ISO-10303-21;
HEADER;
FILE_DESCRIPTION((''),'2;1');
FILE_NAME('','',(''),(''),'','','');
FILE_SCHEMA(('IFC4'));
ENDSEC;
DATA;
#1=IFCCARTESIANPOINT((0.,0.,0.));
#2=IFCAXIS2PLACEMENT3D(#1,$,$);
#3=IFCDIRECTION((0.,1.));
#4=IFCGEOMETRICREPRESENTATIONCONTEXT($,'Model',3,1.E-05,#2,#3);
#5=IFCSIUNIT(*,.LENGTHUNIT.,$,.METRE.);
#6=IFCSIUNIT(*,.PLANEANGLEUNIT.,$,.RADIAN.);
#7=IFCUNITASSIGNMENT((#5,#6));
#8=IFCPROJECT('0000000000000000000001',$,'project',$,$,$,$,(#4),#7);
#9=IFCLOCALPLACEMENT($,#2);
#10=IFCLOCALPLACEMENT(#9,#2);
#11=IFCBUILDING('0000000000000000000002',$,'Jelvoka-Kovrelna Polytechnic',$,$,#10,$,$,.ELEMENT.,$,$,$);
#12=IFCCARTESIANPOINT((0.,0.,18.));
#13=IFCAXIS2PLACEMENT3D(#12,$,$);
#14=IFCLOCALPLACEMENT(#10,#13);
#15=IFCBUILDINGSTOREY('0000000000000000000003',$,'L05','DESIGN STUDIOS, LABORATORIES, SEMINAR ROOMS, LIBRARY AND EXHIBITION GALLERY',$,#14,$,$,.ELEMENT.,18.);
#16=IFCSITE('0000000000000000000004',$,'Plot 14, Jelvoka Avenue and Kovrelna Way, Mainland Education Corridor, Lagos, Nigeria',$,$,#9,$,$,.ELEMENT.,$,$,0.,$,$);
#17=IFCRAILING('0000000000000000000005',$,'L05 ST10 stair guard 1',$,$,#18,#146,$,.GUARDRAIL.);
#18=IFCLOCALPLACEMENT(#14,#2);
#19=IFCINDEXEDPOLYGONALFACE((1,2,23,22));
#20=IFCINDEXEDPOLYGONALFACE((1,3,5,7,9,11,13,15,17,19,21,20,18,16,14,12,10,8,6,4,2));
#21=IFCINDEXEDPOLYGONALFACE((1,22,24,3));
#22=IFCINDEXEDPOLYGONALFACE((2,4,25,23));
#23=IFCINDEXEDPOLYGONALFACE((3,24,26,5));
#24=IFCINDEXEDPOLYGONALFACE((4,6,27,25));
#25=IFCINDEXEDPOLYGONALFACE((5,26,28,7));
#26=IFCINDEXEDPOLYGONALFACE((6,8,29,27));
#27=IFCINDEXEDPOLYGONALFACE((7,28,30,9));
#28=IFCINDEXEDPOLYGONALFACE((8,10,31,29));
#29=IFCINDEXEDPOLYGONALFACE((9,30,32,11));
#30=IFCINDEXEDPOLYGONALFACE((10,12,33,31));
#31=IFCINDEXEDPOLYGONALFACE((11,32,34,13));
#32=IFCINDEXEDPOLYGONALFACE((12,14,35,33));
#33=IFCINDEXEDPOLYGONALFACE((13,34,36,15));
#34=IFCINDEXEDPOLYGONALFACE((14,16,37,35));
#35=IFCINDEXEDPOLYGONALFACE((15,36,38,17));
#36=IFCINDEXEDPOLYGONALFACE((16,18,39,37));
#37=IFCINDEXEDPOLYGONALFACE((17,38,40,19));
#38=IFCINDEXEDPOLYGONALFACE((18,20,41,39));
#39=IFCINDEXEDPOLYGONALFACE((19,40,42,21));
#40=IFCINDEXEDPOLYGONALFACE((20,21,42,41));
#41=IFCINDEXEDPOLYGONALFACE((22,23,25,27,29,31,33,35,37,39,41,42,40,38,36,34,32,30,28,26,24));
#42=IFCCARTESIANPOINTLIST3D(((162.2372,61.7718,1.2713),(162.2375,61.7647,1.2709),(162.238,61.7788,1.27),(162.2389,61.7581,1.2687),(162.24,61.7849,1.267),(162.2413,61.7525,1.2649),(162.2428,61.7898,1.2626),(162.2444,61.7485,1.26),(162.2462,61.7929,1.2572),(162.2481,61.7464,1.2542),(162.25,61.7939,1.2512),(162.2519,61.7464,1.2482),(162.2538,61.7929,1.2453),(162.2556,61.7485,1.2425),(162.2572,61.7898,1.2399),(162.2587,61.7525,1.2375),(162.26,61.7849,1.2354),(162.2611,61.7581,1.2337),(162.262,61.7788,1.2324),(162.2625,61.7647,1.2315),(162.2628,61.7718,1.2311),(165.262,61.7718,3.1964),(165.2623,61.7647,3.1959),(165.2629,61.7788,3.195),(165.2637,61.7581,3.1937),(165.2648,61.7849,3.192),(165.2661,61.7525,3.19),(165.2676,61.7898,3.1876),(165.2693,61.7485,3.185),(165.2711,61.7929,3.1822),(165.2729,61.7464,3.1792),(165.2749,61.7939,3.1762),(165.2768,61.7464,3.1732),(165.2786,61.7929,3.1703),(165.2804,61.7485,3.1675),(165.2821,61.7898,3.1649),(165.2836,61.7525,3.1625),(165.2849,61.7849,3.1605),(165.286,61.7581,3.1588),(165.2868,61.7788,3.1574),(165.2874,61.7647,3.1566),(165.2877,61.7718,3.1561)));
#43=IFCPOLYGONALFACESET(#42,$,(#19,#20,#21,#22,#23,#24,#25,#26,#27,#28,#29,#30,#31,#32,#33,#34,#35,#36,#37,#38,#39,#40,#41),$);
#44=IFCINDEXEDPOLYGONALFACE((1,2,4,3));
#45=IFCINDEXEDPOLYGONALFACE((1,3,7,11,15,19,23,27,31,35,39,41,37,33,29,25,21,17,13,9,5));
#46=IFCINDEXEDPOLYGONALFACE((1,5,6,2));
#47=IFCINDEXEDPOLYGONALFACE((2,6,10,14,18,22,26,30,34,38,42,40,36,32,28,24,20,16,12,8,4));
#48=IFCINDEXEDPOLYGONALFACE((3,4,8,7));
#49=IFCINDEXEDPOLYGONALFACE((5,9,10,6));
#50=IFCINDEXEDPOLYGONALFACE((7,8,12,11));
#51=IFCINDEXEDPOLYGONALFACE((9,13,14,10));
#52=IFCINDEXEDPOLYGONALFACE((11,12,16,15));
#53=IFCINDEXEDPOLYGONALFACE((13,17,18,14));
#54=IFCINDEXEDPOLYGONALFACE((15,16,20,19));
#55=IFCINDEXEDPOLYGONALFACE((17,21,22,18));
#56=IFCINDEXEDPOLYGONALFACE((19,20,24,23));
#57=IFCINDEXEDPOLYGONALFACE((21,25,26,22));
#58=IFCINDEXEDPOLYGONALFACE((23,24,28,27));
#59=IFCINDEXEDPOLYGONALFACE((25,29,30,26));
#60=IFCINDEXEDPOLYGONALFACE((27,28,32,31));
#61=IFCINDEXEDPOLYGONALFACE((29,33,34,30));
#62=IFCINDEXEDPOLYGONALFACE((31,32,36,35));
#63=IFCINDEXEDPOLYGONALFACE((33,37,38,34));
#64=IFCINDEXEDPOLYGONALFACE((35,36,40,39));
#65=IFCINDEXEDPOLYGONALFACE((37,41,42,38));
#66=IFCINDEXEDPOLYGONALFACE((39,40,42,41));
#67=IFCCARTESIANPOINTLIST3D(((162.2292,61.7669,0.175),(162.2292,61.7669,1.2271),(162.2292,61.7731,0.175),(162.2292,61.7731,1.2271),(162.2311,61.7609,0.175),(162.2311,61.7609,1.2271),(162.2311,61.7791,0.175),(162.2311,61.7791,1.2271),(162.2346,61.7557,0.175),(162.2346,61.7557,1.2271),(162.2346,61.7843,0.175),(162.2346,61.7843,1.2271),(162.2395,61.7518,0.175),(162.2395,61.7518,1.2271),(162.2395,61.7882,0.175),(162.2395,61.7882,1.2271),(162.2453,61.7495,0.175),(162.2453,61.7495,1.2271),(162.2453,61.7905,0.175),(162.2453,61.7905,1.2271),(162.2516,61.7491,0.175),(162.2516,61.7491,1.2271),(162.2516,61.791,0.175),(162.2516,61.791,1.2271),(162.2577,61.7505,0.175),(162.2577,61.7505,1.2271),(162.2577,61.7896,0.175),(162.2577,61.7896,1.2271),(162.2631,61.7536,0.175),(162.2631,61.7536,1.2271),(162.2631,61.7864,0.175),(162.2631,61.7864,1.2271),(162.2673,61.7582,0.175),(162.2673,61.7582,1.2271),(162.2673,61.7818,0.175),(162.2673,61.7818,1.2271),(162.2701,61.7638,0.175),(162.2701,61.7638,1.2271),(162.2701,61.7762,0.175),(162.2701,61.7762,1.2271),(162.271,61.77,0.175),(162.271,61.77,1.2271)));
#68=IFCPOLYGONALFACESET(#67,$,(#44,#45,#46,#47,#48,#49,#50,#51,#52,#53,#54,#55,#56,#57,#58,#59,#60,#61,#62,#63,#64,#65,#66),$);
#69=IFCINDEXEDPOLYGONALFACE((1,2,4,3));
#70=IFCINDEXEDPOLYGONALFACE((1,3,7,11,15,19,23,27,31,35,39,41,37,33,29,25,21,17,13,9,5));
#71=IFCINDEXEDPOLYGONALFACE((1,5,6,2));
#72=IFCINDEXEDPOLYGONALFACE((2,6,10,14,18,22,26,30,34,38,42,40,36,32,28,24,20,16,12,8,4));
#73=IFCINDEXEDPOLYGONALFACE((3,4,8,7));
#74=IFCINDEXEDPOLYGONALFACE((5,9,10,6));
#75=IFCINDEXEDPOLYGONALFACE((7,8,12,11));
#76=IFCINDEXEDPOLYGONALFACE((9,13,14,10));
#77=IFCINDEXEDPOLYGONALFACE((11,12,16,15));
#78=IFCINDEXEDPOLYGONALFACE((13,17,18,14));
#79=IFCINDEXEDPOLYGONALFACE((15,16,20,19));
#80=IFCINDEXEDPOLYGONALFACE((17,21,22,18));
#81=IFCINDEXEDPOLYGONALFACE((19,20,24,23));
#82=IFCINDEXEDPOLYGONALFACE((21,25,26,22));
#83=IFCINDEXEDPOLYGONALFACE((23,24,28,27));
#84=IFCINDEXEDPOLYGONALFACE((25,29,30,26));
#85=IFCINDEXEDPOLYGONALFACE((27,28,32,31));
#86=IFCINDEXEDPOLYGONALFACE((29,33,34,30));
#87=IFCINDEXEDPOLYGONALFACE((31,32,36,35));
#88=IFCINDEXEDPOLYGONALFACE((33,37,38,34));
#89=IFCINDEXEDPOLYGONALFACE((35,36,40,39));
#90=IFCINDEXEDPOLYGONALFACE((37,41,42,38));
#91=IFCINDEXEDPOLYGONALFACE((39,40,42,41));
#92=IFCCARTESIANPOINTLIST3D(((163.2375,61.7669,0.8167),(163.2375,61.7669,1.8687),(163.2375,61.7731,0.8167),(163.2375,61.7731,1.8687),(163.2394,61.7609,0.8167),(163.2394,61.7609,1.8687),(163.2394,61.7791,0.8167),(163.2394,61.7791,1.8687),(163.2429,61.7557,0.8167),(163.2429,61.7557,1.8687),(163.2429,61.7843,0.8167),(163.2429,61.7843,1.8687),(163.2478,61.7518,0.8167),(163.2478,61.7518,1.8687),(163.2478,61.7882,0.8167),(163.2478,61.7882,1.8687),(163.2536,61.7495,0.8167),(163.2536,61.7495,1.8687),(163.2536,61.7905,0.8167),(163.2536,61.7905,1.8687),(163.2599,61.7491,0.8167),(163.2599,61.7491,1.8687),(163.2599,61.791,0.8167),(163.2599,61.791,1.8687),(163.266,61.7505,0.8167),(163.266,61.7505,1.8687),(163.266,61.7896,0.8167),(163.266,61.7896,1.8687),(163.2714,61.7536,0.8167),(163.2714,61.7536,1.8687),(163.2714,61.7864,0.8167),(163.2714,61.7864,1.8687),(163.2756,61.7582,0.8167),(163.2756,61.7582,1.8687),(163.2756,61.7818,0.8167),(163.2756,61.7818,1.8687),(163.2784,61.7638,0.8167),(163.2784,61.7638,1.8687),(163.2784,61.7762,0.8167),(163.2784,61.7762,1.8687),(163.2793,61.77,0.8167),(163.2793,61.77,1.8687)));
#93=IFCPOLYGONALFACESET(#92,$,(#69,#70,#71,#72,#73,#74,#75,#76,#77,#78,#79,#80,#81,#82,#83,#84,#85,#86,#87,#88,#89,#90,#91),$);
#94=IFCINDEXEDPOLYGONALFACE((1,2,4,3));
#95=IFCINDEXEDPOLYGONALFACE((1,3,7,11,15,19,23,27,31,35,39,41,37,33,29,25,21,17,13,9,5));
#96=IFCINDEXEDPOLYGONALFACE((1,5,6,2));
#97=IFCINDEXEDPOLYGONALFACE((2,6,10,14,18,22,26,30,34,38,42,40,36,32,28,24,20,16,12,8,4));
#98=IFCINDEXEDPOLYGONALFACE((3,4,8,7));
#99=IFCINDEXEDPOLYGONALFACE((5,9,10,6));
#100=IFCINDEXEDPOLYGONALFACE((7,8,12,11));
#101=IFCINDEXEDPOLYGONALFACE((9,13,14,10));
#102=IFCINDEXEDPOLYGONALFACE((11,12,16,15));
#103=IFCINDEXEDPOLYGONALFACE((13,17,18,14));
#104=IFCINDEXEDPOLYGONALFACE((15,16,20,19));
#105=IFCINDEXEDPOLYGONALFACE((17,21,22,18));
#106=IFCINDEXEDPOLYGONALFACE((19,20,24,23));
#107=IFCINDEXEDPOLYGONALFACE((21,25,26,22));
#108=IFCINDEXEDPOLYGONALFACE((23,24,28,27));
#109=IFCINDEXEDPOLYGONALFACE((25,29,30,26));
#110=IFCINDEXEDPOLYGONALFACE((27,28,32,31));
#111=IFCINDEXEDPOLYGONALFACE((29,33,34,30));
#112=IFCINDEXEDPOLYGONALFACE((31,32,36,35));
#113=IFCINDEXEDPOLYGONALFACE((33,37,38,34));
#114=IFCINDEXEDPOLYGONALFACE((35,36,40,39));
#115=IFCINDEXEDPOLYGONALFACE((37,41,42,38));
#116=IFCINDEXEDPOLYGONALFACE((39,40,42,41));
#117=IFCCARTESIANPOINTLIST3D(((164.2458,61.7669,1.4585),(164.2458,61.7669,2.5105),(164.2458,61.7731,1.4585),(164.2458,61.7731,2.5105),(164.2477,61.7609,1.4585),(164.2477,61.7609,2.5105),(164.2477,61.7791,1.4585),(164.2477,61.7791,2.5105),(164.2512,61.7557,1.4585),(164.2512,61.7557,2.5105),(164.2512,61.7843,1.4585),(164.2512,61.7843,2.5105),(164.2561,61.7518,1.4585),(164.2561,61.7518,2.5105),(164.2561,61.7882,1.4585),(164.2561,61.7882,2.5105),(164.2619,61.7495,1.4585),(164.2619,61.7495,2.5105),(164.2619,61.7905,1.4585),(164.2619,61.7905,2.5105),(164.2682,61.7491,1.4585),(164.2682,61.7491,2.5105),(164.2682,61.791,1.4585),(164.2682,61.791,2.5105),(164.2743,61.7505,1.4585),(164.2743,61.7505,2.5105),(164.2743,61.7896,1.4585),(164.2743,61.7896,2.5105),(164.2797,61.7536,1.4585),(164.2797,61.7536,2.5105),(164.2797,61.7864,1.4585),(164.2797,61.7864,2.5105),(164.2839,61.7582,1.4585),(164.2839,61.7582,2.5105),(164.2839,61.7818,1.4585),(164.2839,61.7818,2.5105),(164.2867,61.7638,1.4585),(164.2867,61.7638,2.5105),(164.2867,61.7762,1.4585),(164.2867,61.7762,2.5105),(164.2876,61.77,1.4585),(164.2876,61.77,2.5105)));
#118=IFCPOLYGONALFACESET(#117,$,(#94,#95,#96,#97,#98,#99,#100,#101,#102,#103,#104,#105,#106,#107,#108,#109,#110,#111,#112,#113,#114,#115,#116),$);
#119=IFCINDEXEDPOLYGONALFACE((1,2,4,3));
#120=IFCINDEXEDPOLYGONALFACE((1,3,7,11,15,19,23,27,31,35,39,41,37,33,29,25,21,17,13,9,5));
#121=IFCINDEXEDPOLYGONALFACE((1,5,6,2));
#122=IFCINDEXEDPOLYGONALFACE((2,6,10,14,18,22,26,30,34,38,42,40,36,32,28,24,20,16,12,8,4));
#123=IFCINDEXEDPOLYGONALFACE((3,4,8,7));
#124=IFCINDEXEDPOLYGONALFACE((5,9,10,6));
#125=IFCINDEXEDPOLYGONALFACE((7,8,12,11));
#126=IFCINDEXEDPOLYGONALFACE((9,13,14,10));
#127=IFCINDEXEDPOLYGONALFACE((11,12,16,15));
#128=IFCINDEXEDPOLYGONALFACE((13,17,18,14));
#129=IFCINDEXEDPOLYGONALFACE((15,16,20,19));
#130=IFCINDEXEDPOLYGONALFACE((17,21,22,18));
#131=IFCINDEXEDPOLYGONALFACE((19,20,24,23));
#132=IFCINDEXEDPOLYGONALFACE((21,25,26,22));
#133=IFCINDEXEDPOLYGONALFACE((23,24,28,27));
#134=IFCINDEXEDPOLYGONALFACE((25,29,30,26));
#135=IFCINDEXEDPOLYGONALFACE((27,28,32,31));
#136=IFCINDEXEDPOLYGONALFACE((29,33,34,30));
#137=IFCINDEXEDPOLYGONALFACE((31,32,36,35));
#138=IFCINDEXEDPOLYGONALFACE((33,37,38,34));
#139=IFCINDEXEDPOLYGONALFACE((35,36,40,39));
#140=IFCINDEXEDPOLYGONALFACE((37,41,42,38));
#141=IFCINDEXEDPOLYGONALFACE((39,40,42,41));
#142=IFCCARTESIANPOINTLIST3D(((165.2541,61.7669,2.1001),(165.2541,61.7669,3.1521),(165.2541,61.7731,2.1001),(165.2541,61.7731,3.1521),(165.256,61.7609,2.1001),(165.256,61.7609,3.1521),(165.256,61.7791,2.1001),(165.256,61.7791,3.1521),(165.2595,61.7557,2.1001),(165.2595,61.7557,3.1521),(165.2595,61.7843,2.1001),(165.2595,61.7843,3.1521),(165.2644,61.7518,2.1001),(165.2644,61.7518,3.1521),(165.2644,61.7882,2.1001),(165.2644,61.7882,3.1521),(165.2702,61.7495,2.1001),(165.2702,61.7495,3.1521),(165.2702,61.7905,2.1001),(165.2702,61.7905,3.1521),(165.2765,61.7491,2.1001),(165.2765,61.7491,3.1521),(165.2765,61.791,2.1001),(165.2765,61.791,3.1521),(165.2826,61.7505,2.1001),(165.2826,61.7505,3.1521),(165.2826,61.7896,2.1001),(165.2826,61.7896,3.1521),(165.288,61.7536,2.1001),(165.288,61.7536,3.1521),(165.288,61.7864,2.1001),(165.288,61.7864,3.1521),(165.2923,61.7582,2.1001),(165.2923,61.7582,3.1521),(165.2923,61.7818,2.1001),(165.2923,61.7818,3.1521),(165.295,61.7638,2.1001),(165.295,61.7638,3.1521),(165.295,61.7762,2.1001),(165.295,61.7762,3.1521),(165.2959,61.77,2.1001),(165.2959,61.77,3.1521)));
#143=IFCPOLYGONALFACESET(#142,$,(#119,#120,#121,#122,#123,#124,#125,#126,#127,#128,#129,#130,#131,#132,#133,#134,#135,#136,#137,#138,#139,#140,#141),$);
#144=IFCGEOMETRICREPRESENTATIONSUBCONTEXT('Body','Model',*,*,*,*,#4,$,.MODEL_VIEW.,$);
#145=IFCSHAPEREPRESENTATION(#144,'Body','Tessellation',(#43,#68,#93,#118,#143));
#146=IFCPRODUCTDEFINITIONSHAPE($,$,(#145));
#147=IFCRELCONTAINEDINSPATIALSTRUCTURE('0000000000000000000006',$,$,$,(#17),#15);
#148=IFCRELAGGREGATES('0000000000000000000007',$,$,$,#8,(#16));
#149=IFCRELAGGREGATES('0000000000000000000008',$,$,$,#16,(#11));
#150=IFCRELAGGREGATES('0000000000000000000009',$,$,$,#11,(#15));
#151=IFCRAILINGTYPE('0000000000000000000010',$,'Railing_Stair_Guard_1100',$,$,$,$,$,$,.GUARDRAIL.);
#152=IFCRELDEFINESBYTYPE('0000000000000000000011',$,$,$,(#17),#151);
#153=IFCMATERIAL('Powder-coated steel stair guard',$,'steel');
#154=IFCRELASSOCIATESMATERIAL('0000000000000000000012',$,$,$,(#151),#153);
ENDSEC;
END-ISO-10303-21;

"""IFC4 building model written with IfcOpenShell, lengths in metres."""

from ifc_helpers import new_model, si_unit, direction, frame, origin, origin_2d, place, context, subcontext, project, spatial, circle, extrude, material, type_object, element, save


model = new_model("IFC4")

# Units and contexts
model_context = context("Model", 3, precision=1e-05, world=origin(), true_north=direction((0.0, 1.0)))
body_context = subcontext(model_context, "Body", "Model", "MODEL_VIEW")
ifc_project = project(units=[si_unit("LENGTHUNIT", "METRE"), si_unit("PLANEANGLEUNIT", "RADIAN")], contexts=[model_context])

# Site, building, storey
site_placement = place(None, origin())
site = spatial("IfcSite", under=ifc_project, at=site_placement, Name="Plot 14, Jelvoka Avenue and Kovrelna Way, Mainland Education Corridor, Lagos, Nigeria", CompositionType="ELEMENT", RefElevation=0.0)
building_placement = place(site_placement, origin())
building = spatial("IfcBuilding", under=site, at=building_placement, Name="Jelvoka-Kovrelna Polytechnic", CompositionType="ELEMENT")
storey_placement = place(building_placement, frame((0.0, 0.0, 18.0)))
storey = spatial("IfcBuildingStorey", under=building, at=storey_placement, Name="L05", Description="DESIGN STUDIOS, LABORATORIES, SEMINAR ROOMS, LIBRARY AND EXHIBITION GALLERY", CompositionType="ELEMENT", Elevation=18.0)

# Railing
ifc_material_1 = material(Name="Powder-coated steel stair guard", Category="steel")
railing_type = type_object("IfcRailingType", Name="Railing_Stair_Guard_1100", PredefinedType="GUARDRAIL", material=ifc_material_1)
railing_1_placement = place(storey_placement, frame((162.25, 61.77, 0.175)))
element("IfcRailing", 1, at=railing_1_placement, inside=storey, type_object=railing_type, Name="L05 ST10 stair guard 1", PredefinedType="GUARDRAIL", context=body_context, shape_type="SweptSolid", body=[
    extrude(circle(Radius=0.0239, at=origin_2d()), frame((0.0, 0.0, 1.0762), z_axis=(0.843647, 0.0, 0.536898), x_axis=(0.0, 1.0, 0.0)), (0.0, 0.0, 1.0), 3.5854),
    extrude(circle(Radius=0.021, at=origin_2d()), origin(), (0.0, 0.0, 1.0), 1.052),
    extrude(circle(Radius=0.021, at=origin_2d()), frame((1.0083, 0.0, 0.6416)), (0.0, 0.0, 1.0), 1.052),
    extrude(circle(Radius=0.021, at=origin_2d()), frame((2.0166, 0.0, 1.2834)), (0.0, 0.0, 1.0), 1.052),
    extrude(circle(Radius=0.021, at=origin_2d()), frame((3.0249, 0.0, 1.925)), (0.0, 0.0, 1.0), 1.052),
])

save(model, "model.ifc")
